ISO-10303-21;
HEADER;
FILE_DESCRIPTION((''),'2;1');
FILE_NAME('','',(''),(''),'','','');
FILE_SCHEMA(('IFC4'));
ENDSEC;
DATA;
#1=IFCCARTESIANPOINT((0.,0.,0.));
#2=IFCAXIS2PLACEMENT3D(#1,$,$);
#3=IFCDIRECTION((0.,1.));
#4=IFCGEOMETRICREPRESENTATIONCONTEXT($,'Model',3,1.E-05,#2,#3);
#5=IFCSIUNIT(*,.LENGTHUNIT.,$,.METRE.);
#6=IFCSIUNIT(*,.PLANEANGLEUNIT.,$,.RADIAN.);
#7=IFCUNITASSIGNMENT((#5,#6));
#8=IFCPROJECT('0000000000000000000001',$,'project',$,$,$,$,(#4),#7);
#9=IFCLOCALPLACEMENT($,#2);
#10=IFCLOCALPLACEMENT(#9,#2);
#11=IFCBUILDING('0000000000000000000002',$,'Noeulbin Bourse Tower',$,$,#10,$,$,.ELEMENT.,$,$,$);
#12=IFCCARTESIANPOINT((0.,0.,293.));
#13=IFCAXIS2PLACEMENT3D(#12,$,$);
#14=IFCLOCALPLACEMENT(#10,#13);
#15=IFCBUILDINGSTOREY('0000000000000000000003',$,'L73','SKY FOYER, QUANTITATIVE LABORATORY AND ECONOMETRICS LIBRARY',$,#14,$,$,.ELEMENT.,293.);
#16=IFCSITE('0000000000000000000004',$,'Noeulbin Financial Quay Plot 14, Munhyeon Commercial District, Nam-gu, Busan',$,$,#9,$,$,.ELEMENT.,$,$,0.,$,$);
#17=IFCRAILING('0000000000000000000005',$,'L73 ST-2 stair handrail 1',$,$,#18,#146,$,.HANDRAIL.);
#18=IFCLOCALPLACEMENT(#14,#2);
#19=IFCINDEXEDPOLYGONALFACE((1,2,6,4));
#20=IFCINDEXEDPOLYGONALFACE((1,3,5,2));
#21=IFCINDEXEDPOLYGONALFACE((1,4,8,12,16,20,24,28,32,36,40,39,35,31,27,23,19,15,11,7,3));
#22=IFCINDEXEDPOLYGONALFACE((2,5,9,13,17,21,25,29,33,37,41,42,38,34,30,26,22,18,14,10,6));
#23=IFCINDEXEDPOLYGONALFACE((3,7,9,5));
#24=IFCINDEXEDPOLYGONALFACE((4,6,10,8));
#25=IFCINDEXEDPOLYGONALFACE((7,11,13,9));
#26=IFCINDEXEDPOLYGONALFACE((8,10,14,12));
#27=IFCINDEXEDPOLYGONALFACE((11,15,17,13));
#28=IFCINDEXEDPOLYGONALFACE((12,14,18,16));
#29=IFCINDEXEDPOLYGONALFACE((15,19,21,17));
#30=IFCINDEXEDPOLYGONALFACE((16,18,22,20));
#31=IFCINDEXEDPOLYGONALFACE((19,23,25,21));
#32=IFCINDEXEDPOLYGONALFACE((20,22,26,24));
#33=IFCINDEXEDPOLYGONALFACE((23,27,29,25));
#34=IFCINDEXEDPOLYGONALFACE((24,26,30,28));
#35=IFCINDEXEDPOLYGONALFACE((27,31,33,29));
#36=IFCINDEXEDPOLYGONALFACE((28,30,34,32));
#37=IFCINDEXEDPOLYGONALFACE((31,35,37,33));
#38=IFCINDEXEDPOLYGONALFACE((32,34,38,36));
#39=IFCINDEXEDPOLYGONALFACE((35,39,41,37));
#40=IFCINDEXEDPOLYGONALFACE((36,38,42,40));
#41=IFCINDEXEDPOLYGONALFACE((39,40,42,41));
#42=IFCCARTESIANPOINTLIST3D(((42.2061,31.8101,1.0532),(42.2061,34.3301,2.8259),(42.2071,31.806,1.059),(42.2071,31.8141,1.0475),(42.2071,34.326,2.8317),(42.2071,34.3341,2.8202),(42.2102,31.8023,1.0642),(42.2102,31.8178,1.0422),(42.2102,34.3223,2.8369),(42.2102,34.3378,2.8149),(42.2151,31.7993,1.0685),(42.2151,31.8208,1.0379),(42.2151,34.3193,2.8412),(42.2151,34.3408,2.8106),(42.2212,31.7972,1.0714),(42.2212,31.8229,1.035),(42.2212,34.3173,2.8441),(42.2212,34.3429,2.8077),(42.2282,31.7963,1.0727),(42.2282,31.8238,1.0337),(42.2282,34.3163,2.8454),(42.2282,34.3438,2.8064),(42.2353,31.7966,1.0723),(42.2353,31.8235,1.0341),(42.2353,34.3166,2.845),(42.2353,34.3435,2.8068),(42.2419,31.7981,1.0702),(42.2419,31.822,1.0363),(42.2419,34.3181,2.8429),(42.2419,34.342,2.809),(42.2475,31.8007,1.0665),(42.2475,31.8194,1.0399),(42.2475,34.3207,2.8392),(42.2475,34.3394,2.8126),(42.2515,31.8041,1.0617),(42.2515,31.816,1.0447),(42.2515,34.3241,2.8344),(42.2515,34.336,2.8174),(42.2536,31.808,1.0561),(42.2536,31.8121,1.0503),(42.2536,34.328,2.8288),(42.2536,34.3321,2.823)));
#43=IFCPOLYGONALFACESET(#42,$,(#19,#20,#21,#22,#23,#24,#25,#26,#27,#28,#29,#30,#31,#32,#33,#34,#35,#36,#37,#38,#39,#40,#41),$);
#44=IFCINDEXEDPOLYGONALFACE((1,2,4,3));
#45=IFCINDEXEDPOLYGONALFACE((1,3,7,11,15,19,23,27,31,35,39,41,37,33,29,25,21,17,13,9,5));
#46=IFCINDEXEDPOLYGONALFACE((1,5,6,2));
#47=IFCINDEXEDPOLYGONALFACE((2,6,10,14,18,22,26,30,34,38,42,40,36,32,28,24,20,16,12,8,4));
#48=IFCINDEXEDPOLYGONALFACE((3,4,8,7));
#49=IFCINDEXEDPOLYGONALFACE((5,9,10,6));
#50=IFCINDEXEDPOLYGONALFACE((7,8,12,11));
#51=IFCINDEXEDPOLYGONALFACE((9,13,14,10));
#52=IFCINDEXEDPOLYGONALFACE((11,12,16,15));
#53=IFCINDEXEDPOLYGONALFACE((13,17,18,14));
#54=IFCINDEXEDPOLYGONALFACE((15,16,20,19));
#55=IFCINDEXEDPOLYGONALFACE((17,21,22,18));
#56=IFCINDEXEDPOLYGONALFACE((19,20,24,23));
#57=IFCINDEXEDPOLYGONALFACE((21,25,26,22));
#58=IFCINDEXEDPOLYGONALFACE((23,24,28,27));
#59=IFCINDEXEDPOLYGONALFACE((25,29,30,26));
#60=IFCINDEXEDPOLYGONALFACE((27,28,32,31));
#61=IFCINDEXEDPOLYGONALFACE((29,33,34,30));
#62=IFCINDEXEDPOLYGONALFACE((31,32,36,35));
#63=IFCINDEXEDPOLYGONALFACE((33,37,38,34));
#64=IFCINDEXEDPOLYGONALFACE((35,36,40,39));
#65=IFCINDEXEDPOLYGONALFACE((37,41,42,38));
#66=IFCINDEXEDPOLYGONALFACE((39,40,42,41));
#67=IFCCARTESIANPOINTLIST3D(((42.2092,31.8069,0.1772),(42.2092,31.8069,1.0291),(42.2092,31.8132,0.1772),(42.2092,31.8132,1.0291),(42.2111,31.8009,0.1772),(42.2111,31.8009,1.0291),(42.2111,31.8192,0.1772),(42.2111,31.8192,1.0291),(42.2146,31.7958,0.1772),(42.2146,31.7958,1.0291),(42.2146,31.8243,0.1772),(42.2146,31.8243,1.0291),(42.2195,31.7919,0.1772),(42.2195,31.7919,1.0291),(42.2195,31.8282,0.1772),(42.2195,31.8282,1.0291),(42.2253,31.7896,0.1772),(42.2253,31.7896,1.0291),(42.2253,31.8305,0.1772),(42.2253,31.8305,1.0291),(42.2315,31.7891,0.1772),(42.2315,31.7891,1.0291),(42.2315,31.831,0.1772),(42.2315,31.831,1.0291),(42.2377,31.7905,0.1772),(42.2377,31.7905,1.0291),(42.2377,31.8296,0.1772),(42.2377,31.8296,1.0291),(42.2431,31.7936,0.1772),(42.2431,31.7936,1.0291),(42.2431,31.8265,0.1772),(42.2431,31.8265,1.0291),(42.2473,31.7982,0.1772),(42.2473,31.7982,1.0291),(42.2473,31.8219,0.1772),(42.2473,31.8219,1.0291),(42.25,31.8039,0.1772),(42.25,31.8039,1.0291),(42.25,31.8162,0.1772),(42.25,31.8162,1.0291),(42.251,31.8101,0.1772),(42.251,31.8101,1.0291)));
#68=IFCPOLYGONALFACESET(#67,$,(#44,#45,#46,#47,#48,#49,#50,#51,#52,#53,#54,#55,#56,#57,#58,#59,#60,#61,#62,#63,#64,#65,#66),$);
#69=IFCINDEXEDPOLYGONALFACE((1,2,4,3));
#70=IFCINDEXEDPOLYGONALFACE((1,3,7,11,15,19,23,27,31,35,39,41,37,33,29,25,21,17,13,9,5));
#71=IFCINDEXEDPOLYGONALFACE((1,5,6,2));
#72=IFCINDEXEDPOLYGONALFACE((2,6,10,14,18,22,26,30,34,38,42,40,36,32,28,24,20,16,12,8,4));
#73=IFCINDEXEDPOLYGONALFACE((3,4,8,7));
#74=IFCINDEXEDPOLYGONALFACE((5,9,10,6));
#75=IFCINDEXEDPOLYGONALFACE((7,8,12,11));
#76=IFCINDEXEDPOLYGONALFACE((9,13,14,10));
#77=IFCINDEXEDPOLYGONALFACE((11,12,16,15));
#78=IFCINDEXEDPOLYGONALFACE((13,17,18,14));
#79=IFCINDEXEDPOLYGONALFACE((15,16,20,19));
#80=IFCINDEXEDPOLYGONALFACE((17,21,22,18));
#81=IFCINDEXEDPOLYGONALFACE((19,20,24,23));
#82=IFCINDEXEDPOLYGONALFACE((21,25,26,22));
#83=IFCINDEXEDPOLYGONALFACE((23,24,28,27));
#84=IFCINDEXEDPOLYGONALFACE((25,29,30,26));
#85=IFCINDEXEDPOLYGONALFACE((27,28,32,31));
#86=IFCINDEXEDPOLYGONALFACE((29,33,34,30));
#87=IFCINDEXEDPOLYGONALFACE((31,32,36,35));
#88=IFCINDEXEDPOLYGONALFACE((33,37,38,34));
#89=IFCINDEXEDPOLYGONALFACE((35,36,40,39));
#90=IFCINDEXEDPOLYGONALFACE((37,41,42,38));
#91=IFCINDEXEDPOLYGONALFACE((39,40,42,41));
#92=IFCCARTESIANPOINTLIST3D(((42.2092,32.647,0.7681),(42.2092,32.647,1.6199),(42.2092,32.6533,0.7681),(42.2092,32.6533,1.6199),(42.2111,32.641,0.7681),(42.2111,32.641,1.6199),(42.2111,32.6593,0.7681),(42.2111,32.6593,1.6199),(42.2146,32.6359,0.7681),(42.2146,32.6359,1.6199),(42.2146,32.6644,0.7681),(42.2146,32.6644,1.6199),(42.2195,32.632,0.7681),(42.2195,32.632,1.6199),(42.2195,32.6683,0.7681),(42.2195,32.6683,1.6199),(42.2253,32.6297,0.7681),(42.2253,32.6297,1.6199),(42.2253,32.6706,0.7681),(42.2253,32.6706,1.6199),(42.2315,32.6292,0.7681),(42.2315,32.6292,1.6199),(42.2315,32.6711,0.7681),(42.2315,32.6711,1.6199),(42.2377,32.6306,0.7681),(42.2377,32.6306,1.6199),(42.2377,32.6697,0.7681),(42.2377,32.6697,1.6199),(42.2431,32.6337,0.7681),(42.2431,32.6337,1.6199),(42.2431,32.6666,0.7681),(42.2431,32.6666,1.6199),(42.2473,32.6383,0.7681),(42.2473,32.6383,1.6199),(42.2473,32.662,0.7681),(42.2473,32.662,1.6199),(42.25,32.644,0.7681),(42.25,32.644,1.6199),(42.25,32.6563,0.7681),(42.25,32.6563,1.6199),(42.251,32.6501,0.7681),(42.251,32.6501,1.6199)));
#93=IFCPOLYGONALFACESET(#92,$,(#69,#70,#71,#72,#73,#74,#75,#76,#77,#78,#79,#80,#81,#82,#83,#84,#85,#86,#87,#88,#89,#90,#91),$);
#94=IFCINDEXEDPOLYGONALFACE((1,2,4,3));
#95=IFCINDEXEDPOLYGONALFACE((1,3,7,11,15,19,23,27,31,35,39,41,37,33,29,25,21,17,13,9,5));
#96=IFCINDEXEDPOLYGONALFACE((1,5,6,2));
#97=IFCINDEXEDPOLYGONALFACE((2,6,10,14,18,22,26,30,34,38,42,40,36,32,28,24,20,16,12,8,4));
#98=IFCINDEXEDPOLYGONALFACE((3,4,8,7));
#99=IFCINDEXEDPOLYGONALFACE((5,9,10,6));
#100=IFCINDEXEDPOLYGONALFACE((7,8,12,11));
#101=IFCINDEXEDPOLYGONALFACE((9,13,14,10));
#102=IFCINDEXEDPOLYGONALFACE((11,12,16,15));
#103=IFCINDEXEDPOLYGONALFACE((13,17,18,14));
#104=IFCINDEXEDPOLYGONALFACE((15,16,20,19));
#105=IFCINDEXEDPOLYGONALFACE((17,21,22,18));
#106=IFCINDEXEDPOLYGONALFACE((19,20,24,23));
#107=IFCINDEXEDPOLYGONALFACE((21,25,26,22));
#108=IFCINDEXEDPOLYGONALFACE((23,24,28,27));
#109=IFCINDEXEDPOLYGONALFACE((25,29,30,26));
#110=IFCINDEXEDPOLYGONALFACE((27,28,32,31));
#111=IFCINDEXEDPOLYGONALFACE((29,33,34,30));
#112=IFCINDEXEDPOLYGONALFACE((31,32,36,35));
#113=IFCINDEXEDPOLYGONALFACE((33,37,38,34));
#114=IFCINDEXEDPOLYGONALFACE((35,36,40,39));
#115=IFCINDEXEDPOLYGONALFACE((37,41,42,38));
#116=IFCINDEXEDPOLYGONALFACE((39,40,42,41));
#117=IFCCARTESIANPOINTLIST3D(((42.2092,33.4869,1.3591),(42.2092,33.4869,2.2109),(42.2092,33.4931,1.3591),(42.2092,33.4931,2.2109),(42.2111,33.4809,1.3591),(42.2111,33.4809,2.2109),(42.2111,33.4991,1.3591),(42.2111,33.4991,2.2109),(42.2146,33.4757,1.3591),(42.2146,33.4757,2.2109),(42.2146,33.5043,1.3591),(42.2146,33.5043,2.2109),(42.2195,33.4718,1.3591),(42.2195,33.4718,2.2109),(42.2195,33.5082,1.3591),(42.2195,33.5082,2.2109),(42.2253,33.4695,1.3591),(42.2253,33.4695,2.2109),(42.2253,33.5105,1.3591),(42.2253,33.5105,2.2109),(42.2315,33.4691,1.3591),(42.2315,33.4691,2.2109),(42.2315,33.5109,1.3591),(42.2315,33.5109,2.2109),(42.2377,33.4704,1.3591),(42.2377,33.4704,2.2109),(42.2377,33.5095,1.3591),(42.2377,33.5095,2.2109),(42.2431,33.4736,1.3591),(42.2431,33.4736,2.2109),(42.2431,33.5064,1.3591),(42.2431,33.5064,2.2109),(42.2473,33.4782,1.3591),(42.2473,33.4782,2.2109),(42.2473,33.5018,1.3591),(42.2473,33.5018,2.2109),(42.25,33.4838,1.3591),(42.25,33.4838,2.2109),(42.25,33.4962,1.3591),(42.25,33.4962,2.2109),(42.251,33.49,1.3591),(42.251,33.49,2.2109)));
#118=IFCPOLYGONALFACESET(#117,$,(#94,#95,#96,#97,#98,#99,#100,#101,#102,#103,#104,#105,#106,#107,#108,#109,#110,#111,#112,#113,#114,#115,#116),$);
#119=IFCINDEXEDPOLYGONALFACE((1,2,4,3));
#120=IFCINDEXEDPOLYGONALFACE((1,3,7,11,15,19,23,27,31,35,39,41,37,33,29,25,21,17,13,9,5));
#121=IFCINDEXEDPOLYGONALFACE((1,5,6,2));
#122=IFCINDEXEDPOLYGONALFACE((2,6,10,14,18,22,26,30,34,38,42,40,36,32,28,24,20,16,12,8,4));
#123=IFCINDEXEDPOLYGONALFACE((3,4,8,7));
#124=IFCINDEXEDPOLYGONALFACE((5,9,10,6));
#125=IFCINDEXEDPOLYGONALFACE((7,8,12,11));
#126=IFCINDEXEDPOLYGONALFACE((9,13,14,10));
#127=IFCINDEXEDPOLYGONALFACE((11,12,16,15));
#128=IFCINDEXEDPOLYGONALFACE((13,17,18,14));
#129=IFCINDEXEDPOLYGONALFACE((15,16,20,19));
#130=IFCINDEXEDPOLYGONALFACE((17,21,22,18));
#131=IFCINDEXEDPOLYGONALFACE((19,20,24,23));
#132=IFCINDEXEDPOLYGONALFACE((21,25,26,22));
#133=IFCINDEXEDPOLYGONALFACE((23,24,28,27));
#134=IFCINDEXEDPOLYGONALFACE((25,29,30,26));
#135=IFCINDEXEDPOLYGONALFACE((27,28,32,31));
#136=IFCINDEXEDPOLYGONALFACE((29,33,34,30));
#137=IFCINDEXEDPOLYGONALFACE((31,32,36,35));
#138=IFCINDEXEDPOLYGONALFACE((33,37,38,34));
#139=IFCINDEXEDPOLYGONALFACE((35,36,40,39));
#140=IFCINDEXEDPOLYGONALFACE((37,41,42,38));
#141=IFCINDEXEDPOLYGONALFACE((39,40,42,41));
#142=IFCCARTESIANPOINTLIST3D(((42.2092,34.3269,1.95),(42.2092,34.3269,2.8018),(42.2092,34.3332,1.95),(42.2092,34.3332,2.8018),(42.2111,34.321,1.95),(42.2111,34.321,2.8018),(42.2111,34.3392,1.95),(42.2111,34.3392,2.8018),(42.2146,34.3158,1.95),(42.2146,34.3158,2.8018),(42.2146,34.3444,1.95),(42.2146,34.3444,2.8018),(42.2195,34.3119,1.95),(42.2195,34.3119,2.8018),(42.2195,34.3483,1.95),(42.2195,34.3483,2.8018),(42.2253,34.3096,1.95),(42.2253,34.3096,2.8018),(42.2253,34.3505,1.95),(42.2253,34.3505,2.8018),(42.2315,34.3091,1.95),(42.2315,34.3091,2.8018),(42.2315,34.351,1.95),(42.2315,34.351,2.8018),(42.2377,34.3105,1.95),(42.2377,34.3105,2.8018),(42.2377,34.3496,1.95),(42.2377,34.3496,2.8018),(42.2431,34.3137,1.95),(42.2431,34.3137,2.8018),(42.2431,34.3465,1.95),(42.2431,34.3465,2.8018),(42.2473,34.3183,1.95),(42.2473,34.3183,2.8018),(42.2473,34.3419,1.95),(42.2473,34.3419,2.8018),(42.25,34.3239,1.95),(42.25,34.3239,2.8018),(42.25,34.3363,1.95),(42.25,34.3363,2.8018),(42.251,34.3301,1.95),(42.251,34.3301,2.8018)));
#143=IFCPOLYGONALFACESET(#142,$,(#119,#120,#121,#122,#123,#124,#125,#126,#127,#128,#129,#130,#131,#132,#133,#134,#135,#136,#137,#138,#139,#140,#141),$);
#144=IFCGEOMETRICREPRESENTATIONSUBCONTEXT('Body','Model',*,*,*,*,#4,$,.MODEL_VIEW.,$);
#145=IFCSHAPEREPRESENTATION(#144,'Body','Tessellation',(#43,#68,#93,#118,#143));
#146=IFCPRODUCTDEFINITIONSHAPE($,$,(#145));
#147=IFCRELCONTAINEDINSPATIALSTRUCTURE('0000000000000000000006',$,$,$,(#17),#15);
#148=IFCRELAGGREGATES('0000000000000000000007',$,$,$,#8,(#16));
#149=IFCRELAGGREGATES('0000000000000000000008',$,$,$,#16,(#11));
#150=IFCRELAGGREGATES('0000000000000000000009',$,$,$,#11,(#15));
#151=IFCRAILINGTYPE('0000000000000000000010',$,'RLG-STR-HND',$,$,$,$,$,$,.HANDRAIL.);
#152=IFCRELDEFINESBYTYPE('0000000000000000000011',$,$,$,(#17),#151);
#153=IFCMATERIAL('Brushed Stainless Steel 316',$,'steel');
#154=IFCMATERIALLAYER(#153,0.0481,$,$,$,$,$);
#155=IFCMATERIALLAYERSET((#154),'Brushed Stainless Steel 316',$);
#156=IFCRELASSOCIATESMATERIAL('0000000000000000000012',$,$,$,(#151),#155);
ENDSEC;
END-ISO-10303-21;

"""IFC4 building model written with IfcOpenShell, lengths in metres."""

from ifc_helpers import new_model, si_unit, direction, frame, origin, origin_2d, place, context, subcontext, project, spatial, circle, extrude, material, layer, layer_set, type_object, element, save


model = new_model("IFC4")

# Units and contexts
model_context = context("Model", 3, precision=1e-05, world=origin(), true_north=direction((0.0, 1.0)))
body_context = subcontext(model_context, "Body", "Model", "MODEL_VIEW")
ifc_project = project(units=[si_unit("LENGTHUNIT", "METRE"), si_unit("PLANEANGLEUNIT", "RADIAN")], contexts=[model_context])

# Site, building, storey
site_placement = place(None, origin())
site = spatial("IfcSite", under=ifc_project, at=site_placement, Name="Noeulbin Financial Quay Plot 14, Munhyeon Commercial District, Nam-gu, Busan", CompositionType="ELEMENT", RefElevation=0.0)
building_placement = place(site_placement, origin())
building = spatial("IfcBuilding", under=site, at=building_placement, Name="Noeulbin Bourse Tower", CompositionType="ELEMENT")
storey_placement = place(building_placement, frame((0.0, 0.0, 293.0)))
storey = spatial("IfcBuildingStorey", under=building, at=storey_placement, Name="L73", Description="SKY FOYER, QUANTITATIVE LABORATORY AND ECONOMETRICS LIBRARY", CompositionType="ELEMENT", Elevation=293.0)

# Railing
ifc_material_1 = material(Name="Brushed Stainless Steel 316", Category="steel")
ifc_layer_1 = layer(ifc_material_1, 0.0481)
ifc_layer_set_1 = layer_set([ifc_layer_1], Name="Brushed Stainless Steel 316")
railing_type_1 = type_object("IfcRailingType", Name="RLG-STR-HND", PredefinedType="HANDRAIL", material=ifc_layer_set_1)
railing_1_placement = place(storey_placement, frame((42.23, 31.8101, 0.1772)))
element("IfcRailing", 1, at=railing_1_placement, inside=storey, type_object=railing_type_1, Name="L73 ST-2 stair handrail 1", PredefinedType="HANDRAIL", context=body_context, shape_type="SweptSolid", body=[
    extrude(circle(Radius=0.0239, at=origin_2d()), frame((0.0, 0.0, 0.876), z_axis=(0.0, 0.817904, 0.575354), x_axis=(-1.0, 0.0, 0.0)), (0.0, 0.0, 1.0), 3.0811),
    extrude(circle(Radius=0.021, at=origin_2d()), origin(), (0.0, 0.0, 1.0), 0.8518),
    extrude(circle(Radius=0.021, at=origin_2d()), frame((0.0, 0.8401, 0.5908)), (0.0, 0.0, 1.0), 0.8518),
    extrude(circle(Radius=0.021, at=origin_2d()), frame((0.0, 1.6799, 1.1819)), (0.0, 0.0, 1.0), 0.8518),
    extrude(circle(Radius=0.021, at=origin_2d()), frame((0.0, 2.52, 1.7727)), (0.0, 0.0, 1.0), 0.8518),
])

save(model, "model.ifc")
